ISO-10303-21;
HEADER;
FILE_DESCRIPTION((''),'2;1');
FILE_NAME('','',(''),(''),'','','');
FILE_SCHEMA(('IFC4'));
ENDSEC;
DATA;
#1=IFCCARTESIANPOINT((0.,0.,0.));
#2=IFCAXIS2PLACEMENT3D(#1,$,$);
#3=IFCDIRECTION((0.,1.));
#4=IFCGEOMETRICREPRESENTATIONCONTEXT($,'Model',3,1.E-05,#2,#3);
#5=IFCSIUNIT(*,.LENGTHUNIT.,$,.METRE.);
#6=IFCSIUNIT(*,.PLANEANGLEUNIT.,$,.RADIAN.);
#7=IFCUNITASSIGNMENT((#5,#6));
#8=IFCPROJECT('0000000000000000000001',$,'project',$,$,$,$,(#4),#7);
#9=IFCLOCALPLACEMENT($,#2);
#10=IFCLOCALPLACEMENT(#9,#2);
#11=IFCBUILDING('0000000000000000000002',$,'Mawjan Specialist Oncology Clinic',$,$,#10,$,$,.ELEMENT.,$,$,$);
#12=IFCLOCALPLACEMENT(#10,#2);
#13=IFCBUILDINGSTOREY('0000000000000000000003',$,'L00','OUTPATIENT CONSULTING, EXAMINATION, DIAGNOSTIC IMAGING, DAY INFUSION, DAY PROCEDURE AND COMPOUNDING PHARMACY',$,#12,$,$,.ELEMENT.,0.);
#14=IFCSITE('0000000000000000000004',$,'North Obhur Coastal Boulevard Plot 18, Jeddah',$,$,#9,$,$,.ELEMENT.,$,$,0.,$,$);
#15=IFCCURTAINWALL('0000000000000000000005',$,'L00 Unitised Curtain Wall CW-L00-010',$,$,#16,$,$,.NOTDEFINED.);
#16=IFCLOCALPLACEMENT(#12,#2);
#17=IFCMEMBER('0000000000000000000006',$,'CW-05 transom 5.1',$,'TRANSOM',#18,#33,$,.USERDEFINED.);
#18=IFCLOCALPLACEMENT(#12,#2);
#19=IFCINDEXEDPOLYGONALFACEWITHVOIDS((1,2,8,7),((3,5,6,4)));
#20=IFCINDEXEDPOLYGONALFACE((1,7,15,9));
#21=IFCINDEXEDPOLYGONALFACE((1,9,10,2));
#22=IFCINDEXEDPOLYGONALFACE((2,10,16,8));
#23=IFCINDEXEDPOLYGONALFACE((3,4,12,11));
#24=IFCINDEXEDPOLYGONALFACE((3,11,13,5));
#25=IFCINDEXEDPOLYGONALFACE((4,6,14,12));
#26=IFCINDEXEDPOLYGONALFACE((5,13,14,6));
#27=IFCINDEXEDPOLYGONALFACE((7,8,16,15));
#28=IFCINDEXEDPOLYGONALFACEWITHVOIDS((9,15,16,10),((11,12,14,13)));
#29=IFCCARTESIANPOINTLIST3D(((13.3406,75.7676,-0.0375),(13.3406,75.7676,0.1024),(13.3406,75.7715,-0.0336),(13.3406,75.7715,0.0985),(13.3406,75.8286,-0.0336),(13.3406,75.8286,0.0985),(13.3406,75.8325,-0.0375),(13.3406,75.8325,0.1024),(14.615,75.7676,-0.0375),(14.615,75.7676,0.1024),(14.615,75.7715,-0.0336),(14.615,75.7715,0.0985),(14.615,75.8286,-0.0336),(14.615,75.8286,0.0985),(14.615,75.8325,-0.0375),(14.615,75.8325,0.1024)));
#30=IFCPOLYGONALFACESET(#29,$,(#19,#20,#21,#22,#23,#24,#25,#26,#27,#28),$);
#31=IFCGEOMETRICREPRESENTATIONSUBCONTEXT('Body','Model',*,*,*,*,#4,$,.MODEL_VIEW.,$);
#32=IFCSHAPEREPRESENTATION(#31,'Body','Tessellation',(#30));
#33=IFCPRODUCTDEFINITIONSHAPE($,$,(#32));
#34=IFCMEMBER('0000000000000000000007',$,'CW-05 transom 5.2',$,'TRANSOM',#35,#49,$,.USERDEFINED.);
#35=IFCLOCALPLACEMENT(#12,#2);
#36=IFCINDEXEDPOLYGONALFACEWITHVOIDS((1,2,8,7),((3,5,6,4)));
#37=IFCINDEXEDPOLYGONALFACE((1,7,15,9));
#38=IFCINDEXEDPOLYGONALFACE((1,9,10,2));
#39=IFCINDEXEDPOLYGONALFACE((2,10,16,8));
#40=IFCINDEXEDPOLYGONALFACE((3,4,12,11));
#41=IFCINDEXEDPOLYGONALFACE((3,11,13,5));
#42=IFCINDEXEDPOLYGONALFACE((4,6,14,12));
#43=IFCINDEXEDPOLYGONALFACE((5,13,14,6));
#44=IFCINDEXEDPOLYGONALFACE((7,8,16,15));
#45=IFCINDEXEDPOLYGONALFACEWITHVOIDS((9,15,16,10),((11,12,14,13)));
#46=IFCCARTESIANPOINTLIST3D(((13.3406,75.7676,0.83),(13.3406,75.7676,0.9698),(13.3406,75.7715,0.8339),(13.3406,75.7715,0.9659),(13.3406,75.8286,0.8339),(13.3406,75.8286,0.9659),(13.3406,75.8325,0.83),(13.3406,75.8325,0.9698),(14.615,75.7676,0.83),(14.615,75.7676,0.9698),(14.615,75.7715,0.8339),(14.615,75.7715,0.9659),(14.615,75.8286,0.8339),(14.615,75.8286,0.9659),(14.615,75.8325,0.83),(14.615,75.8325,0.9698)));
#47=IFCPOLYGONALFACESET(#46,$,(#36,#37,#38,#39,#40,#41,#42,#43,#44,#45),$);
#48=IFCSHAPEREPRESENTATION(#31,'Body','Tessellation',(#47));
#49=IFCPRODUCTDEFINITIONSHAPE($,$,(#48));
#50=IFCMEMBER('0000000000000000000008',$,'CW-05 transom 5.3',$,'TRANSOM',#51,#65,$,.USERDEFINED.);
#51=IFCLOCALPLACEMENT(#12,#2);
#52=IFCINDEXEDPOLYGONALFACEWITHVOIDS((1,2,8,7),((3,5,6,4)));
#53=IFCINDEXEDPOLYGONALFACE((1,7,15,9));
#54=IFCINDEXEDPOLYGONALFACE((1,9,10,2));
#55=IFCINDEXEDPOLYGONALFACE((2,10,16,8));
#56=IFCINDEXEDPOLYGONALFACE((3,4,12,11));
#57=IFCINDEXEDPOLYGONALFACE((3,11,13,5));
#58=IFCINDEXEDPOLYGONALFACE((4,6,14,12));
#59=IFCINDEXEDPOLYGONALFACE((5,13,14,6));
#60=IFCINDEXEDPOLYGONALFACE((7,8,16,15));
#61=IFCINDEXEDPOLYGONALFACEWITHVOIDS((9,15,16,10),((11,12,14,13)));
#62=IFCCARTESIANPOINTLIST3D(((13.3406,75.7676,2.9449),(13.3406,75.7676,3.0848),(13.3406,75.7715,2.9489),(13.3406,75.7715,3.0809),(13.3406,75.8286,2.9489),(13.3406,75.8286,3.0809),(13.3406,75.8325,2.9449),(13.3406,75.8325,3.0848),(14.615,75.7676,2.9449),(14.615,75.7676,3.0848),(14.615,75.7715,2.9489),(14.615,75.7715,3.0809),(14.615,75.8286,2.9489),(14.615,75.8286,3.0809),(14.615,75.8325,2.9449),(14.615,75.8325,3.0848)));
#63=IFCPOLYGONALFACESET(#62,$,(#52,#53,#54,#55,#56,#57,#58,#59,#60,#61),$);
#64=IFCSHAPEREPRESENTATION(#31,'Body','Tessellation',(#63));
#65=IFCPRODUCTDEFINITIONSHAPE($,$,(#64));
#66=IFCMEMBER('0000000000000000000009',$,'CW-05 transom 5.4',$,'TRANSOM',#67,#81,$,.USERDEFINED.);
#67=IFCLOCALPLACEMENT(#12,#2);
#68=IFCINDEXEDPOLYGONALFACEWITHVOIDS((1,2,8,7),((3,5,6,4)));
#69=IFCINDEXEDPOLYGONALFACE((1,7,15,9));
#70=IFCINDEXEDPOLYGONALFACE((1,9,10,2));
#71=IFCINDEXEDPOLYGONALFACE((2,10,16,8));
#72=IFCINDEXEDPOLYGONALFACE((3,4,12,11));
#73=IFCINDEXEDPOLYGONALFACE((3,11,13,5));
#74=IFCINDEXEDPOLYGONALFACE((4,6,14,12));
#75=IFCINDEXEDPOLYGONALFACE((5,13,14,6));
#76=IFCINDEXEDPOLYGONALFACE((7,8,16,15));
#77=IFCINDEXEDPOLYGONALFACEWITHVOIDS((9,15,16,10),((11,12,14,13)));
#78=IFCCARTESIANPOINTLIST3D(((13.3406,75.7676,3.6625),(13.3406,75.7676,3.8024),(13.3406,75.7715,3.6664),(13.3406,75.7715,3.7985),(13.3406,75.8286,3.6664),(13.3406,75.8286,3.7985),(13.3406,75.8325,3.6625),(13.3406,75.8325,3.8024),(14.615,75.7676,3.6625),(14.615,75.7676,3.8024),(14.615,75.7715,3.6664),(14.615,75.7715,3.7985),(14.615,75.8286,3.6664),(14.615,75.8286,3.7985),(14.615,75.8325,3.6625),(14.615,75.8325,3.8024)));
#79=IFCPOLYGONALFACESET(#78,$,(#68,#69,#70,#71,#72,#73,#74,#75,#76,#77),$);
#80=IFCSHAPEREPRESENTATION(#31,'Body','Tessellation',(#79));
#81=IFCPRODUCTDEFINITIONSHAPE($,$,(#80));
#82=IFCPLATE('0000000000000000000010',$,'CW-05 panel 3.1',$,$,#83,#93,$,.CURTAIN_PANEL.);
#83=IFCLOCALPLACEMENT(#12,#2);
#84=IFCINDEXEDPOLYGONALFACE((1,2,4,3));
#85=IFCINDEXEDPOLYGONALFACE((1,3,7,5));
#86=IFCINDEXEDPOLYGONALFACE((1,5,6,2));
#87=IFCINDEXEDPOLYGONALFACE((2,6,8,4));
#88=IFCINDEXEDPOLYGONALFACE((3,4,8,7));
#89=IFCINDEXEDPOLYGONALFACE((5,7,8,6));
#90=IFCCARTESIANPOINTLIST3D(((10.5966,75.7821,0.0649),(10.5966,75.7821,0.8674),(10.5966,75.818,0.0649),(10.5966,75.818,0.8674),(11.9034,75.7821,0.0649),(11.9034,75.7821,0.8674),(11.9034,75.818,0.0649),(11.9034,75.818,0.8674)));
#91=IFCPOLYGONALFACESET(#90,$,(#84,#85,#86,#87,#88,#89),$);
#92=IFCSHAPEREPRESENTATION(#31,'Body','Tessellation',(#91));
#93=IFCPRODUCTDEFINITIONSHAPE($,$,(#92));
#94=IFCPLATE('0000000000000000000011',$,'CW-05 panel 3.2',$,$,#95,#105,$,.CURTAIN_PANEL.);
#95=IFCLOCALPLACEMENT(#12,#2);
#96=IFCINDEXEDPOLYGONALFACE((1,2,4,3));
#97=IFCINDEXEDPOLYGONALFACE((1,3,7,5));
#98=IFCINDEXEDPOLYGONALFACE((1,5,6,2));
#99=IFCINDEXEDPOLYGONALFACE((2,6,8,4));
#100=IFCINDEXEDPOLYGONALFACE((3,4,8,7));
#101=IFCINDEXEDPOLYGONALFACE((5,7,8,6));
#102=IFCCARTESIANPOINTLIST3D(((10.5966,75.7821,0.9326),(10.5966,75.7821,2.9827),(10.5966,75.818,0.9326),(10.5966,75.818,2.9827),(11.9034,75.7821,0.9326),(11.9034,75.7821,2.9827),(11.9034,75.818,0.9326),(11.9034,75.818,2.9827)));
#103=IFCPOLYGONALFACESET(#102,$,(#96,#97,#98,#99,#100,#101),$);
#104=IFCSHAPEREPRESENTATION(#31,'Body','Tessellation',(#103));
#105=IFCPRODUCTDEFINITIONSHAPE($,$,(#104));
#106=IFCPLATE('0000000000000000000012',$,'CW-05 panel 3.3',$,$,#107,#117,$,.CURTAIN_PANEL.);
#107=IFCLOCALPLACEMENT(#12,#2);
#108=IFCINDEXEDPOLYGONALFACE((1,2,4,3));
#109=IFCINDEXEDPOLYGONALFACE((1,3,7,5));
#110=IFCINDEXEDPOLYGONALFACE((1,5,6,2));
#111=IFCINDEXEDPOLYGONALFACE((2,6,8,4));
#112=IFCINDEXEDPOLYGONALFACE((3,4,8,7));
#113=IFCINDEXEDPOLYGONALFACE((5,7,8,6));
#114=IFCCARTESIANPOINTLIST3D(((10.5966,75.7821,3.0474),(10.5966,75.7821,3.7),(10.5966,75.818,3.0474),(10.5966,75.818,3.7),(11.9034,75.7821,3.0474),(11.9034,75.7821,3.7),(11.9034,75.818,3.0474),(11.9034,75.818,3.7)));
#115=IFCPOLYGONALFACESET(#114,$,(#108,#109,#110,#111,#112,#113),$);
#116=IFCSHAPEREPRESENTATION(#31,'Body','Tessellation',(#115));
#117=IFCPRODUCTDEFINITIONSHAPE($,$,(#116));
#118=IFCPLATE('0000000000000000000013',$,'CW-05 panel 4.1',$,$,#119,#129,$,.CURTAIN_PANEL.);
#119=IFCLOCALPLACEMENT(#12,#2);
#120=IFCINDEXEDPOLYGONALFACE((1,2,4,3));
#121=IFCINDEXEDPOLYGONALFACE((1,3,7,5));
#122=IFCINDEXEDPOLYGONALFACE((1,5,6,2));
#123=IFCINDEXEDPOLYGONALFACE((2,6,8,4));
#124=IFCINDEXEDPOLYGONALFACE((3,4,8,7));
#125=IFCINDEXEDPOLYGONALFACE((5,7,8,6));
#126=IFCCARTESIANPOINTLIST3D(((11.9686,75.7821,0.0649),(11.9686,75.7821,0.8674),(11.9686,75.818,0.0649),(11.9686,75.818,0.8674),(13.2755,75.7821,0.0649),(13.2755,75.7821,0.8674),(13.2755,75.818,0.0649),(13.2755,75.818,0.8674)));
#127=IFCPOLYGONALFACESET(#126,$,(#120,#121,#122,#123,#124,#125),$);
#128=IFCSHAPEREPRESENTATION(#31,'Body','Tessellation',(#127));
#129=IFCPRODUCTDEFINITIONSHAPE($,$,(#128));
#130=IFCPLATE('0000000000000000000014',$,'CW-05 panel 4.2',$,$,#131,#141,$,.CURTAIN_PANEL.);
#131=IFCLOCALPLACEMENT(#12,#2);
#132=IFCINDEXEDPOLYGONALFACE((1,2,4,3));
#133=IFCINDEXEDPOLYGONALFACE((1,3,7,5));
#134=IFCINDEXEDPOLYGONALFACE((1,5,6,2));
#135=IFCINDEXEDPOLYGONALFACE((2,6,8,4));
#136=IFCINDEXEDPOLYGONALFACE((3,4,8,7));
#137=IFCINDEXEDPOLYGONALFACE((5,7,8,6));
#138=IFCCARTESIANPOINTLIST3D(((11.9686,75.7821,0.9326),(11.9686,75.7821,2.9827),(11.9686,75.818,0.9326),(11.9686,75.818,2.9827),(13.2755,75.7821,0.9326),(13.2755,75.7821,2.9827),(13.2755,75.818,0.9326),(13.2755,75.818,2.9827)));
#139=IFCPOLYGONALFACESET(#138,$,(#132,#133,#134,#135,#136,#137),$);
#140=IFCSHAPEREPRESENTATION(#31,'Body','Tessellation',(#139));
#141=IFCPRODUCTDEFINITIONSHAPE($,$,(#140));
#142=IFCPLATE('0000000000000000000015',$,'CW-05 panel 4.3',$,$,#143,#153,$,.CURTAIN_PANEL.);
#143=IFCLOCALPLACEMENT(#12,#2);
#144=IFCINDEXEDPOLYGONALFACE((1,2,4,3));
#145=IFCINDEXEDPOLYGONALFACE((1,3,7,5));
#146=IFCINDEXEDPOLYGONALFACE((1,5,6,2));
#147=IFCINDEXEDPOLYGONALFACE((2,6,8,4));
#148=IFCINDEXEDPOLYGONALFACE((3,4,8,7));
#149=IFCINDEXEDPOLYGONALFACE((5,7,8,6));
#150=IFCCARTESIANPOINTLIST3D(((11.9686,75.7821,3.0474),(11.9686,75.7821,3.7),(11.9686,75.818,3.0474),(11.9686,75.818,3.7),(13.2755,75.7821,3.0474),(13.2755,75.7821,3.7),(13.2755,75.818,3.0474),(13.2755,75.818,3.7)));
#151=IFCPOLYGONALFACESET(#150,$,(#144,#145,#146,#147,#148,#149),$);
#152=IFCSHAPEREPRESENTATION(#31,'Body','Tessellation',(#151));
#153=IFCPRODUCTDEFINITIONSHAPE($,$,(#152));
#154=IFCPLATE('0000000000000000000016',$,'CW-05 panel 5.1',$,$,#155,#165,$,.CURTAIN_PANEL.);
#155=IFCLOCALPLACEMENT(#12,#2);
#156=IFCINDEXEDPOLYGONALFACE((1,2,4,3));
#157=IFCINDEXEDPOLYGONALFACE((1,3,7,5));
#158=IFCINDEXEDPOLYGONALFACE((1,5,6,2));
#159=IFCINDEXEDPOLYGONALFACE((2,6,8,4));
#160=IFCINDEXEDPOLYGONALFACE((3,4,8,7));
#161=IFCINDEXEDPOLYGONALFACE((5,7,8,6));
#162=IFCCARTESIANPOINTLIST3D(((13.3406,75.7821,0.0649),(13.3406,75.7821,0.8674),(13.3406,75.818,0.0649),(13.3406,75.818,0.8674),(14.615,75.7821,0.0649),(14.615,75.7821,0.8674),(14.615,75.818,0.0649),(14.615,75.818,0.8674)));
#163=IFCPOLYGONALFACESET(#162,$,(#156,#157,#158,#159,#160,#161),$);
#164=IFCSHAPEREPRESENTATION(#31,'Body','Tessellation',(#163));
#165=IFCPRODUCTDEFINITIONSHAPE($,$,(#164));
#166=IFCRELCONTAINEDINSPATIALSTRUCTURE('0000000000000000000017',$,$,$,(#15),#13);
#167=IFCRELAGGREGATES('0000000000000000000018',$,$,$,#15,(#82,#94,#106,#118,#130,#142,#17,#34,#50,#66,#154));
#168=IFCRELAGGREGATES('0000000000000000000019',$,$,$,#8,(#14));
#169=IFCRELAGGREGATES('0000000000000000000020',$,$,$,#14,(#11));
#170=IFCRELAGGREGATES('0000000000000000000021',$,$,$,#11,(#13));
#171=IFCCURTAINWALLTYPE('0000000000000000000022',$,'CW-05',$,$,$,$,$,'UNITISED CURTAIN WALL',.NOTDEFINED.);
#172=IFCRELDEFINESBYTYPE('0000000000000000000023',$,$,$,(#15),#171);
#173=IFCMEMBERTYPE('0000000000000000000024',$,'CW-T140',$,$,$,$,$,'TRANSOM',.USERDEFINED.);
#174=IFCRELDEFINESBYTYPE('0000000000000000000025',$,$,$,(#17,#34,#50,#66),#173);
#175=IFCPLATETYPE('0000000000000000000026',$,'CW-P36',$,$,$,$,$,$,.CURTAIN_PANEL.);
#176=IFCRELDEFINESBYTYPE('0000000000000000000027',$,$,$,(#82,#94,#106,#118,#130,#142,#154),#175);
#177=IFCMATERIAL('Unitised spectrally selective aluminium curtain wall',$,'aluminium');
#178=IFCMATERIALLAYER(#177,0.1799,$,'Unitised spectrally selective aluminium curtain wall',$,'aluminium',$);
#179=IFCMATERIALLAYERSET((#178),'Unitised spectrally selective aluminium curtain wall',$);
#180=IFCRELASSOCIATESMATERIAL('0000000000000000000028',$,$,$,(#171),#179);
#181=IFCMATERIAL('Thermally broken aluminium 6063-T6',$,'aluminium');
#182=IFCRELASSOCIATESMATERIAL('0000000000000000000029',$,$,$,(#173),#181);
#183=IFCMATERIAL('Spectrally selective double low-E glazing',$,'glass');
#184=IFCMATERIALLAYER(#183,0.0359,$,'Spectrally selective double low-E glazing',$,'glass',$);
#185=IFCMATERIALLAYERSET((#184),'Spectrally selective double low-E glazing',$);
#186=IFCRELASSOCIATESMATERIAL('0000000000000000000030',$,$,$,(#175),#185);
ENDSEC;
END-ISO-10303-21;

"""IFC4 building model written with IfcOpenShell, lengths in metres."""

from ifc_helpers import new_model, si_unit, direction, frame, origin, origin_2d, place, context, subcontext, project, spatial, rectangle, hollow_rectangle, extrude, material, layer, layer_set, material_profile, profile_set, type_object, element, aggregate, save


model = new_model("IFC4")

# Units and contexts
model_context = context("Model", 3, precision=1e-05, world=origin(), true_north=direction((0.0, 1.0)))
body_context = subcontext(model_context, "Body", "Model", "MODEL_VIEW")
ifc_project = project(units=[si_unit("LENGTHUNIT", "METRE"), si_unit("PLANEANGLEUNIT", "RADIAN")], contexts=[model_context])

# Site, building, storey
site_placement = place(None, origin())
site = spatial("IfcSite", under=ifc_project, at=site_placement, Name="North Obhur Coastal Boulevard Plot 18, Jeddah", CompositionType="ELEMENT", RefElevation=0.0)
building_placement = place(site_placement, origin())
building = spatial("IfcBuilding", under=site, at=building_placement, Name="Mawjan Specialist Oncology Clinic", CompositionType="ELEMENT")
storey_placement = place(building_placement, origin())
storey = spatial("IfcBuildingStorey", under=building, at=storey_placement, Name="L00", Description="OUTPATIENT CONSULTING, EXAMINATION, DIAGNOSTIC IMAGING, DAY INFUSION, DAY PROCEDURE AND COMPOUNDING PHARMACY", CompositionType="ELEMENT", Elevation=0.0)

# Curtain wall, members, plates
ifc_material_1 = material(Name="Unitised spectrally selective aluminium curtain wall", Category="aluminium")
ifc_layer_1 = layer(ifc_material_1, 0.1799, Name="Unitised spectrally selective aluminium curtain wall", Category="aluminium")
ifc_layer_set_1 = layer_set([ifc_layer_1], Name="Unitised spectrally selective aluminium curtain wall")
curtain_wall_type = type_object("IfcCurtainWallType", Name="CW-05", ElementType="UNITISED CURTAIN WALL", PredefinedType="NOTDEFINED", material=ifc_layer_set_1)
curtain_wall_placement = place(storey_placement, origin())
curtain_wall = element("IfcCurtainWall", 1, at=curtain_wall_placement, inside=storey, type_object=curtain_wall_type, Name="L00 Unitised Curtain Wall CW-L00-010", PredefinedType="NOTDEFINED")
ifc_material_2 = material(Name="Thermally broken aluminium 6063-T6", Category="aluminium")
ifc_material_profile_1 = material_profile(ifc_material_2, hollow_rectangle(XDim=0.0649, YDim=0.1399, WallThickness=0.0039, at=origin_2d()), Name="ALU TRANSOM 140x65x4", Category="aluminium")
ifc_profile_set_1 = profile_set([ifc_material_profile_1], Name="Thermally broken aluminium 6063-T6")
member_type_1 = type_object("IfcMemberType", Name="CW-T140", ElementType="TRANSOM", PredefinedType="USERDEFINED", material=ifc_profile_set_1)
member_1_placement = place(storey_placement, frame((13.3406, 75.8, 0.0325), z_axis=(1.0, 0.0, 0.0), x_axis=(0.0, 1.0, 0.0)))
member_1 = element("IfcMember", 2, at=member_1_placement, type_object=member_type_1, Name="CW-05 transom 5.1", ObjectType="TRANSOM", PredefinedType="USERDEFINED", context=body_context, shape_type="SweptSolid", body=[
    extrude(hollow_rectangle(XDim=0.0649, YDim=0.1399, WallThickness=0.0039, at=origin_2d()), origin(), (0.0, 0.0, 1.0), 1.2744),
])
member_2_placement = place(storey_placement, frame((13.3406, 75.8, 0.8999), z_axis=(1.0, 0.0, 0.0), x_axis=(0.0, 1.0, 0.0)))
member_2 = element("IfcMember", 3, at=member_2_placement, type_object=member_type_1, Name="CW-05 transom 5.2", ObjectType="TRANSOM", PredefinedType="USERDEFINED", context=body_context, shape_type="SweptSolid", body=[
    extrude(hollow_rectangle(XDim=0.0649, YDim=0.1399, WallThickness=0.0039, at=origin_2d()), origin(), (0.0, 0.0, 1.0), 1.2744),
])
member_3_placement = place(storey_placement, frame((13.3406, 75.8, 3.0149), z_axis=(1.0, 0.0, 0.0), x_axis=(0.0, 1.0, 0.0)))
member_3 = element("IfcMember", 4, at=member_3_placement, type_object=member_type_1, Name="CW-05 transom 5.3", ObjectType="TRANSOM", PredefinedType="USERDEFINED", context=body_context, shape_type="SweptSolid", body=[
    extrude(hollow_rectangle(XDim=0.0649, YDim=0.1399, WallThickness=0.0039, at=origin_2d()), origin(), (0.0, 0.0, 1.0), 1.2744),
])
member_4_placement = place(storey_placement, frame((13.3406, 75.8, 3.7324), z_axis=(1.0, 0.0, 0.0), x_axis=(0.0, 1.0, 0.0)))
member_4 = element("IfcMember", 5, at=member_4_placement, type_object=member_type_1, Name="CW-05 transom 5.4", ObjectType="TRANSOM", PredefinedType="USERDEFINED", context=body_context, shape_type="SweptSolid", body=[
    extrude(hollow_rectangle(XDim=0.0649, YDim=0.1399, WallThickness=0.0039, at=origin_2d()), origin(), (0.0, 0.0, 1.0), 1.2744),
])
ifc_material_3 = material(Name="Spectrally selective double low-E glazing", Category="glass")
ifc_layer_2 = layer(ifc_material_3, 0.0359, Name="Spectrally selective double low-E glazing", Category="glass")
ifc_layer_set_2 = layer_set([ifc_layer_2], Name="Spectrally selective double low-E glazing")
plate_type = type_object("IfcPlateType", Name="CW-P36", PredefinedType="CURTAIN_PANEL", material=ifc_layer_set_2)
plate_1_placement = place(storey_placement, frame((11.25, 75.8, 0.0649), z_axis=(0.0, 0.0, 1.0), x_axis=(1.0, 0.0, 0.0)))
plate_1 = element("IfcPlate", 6, at=plate_1_placement, type_object=plate_type, Name="CW-05 panel 3.1", PredefinedType="CURTAIN_PANEL", context=body_context, shape_type="SweptSolid", body=[
    extrude(rectangle(XDim=1.3069, YDim=0.0359, at=origin_2d()), origin(), (0.0, 0.0, 1.0), 0.8025),
])
plate_2_placement = place(storey_placement, frame((11.25, 75.8, 0.9326), z_axis=(0.0, 0.0, 1.0), x_axis=(1.0, 0.0, 0.0)))
plate_2 = element("IfcPlate", 7, at=plate_2_placement, type_object=plate_type, Name="CW-05 panel 3.2", PredefinedType="CURTAIN_PANEL", context=body_context, shape_type="SweptSolid", body=[
    extrude(rectangle(XDim=1.3069, YDim=0.0359, at=origin_2d()), origin(), (0.0, 0.0, 1.0), 2.05),
])
plate_3_placement = place(storey_placement, frame((11.25, 75.8, 3.0474), z_axis=(0.0, 0.0, 1.0), x_axis=(1.0, 0.0, 0.0)))
plate_3 = element("IfcPlate", 8, at=plate_3_placement, type_object=plate_type, Name="CW-05 panel 3.3", PredefinedType="CURTAIN_PANEL", context=body_context, shape_type="SweptSolid", body=[
    extrude(rectangle(XDim=1.3069, YDim=0.0359, at=origin_2d()), origin(), (0.0, 0.0, 1.0), 0.6526),
])
plate_4_placement = place(storey_placement, frame((12.6221, 75.8, 0.0649), z_axis=(0.0, 0.0, 1.0), x_axis=(1.0, 0.0, 0.0)))
plate_4 = element("IfcPlate", 9, at=plate_4_placement, type_object=plate_type, Name="CW-05 panel 4.1", PredefinedType="CURTAIN_PANEL", context=body_context, shape_type="SweptSolid", body=[
    extrude(rectangle(XDim=1.3069, YDim=0.0359, at=origin_2d()), origin(), (0.0, 0.0, 1.0), 0.8025),
])
plate_5_placement = place(storey_placement, frame((12.6221, 75.8, 0.9326), z_axis=(0.0, 0.0, 1.0), x_axis=(1.0, 0.0, 0.0)))
plate_5 = element("IfcPlate", 10, at=plate_5_placement, type_object=plate_type, Name="CW-05 panel 4.2", PredefinedType="CURTAIN_PANEL", context=body_context, shape_type="SweptSolid", body=[
    extrude(rectangle(XDim=1.3069, YDim=0.0359, at=origin_2d()), origin(), (0.0, 0.0, 1.0), 2.05),
])
plate_6_placement = place(storey_placement, frame((12.6221, 75.8, 3.0474), z_axis=(0.0, 0.0, 1.0), x_axis=(1.0, 0.0, 0.0)))
plate_6 = element("IfcPlate", 11, at=plate_6_placement, type_object=plate_type, Name="CW-05 panel 4.3", PredefinedType="CURTAIN_PANEL", context=body_context, shape_type="SweptSolid", body=[
    extrude(rectangle(XDim=1.3069, YDim=0.0359, at=origin_2d()), origin(), (0.0, 0.0, 1.0), 0.6526),
])
plate_7_placement = place(storey_placement, frame((13.9778, 75.8, 0.0649), z_axis=(0.0, 0.0, 1.0), x_axis=(1.0, 0.0, 0.0)))
plate_7 = element("IfcPlate", 12, at=plate_7_placement, type_object=plate_type, Name="CW-05 panel 5.1", PredefinedType="CURTAIN_PANEL", context=body_context, shape_type="SweptSolid", body=[
    extrude(rectangle(XDim=1.2744, YDim=0.0359, at=origin_2d()), origin(), (0.0, 0.0, 1.0), 0.8025),
])
aggregate(curtain_wall, [plate_1, plate_2, plate_3, plate_4, plate_5, plate_6, member_1, member_2, member_3, member_4, plate_7])

save(model, "model.ifc")
